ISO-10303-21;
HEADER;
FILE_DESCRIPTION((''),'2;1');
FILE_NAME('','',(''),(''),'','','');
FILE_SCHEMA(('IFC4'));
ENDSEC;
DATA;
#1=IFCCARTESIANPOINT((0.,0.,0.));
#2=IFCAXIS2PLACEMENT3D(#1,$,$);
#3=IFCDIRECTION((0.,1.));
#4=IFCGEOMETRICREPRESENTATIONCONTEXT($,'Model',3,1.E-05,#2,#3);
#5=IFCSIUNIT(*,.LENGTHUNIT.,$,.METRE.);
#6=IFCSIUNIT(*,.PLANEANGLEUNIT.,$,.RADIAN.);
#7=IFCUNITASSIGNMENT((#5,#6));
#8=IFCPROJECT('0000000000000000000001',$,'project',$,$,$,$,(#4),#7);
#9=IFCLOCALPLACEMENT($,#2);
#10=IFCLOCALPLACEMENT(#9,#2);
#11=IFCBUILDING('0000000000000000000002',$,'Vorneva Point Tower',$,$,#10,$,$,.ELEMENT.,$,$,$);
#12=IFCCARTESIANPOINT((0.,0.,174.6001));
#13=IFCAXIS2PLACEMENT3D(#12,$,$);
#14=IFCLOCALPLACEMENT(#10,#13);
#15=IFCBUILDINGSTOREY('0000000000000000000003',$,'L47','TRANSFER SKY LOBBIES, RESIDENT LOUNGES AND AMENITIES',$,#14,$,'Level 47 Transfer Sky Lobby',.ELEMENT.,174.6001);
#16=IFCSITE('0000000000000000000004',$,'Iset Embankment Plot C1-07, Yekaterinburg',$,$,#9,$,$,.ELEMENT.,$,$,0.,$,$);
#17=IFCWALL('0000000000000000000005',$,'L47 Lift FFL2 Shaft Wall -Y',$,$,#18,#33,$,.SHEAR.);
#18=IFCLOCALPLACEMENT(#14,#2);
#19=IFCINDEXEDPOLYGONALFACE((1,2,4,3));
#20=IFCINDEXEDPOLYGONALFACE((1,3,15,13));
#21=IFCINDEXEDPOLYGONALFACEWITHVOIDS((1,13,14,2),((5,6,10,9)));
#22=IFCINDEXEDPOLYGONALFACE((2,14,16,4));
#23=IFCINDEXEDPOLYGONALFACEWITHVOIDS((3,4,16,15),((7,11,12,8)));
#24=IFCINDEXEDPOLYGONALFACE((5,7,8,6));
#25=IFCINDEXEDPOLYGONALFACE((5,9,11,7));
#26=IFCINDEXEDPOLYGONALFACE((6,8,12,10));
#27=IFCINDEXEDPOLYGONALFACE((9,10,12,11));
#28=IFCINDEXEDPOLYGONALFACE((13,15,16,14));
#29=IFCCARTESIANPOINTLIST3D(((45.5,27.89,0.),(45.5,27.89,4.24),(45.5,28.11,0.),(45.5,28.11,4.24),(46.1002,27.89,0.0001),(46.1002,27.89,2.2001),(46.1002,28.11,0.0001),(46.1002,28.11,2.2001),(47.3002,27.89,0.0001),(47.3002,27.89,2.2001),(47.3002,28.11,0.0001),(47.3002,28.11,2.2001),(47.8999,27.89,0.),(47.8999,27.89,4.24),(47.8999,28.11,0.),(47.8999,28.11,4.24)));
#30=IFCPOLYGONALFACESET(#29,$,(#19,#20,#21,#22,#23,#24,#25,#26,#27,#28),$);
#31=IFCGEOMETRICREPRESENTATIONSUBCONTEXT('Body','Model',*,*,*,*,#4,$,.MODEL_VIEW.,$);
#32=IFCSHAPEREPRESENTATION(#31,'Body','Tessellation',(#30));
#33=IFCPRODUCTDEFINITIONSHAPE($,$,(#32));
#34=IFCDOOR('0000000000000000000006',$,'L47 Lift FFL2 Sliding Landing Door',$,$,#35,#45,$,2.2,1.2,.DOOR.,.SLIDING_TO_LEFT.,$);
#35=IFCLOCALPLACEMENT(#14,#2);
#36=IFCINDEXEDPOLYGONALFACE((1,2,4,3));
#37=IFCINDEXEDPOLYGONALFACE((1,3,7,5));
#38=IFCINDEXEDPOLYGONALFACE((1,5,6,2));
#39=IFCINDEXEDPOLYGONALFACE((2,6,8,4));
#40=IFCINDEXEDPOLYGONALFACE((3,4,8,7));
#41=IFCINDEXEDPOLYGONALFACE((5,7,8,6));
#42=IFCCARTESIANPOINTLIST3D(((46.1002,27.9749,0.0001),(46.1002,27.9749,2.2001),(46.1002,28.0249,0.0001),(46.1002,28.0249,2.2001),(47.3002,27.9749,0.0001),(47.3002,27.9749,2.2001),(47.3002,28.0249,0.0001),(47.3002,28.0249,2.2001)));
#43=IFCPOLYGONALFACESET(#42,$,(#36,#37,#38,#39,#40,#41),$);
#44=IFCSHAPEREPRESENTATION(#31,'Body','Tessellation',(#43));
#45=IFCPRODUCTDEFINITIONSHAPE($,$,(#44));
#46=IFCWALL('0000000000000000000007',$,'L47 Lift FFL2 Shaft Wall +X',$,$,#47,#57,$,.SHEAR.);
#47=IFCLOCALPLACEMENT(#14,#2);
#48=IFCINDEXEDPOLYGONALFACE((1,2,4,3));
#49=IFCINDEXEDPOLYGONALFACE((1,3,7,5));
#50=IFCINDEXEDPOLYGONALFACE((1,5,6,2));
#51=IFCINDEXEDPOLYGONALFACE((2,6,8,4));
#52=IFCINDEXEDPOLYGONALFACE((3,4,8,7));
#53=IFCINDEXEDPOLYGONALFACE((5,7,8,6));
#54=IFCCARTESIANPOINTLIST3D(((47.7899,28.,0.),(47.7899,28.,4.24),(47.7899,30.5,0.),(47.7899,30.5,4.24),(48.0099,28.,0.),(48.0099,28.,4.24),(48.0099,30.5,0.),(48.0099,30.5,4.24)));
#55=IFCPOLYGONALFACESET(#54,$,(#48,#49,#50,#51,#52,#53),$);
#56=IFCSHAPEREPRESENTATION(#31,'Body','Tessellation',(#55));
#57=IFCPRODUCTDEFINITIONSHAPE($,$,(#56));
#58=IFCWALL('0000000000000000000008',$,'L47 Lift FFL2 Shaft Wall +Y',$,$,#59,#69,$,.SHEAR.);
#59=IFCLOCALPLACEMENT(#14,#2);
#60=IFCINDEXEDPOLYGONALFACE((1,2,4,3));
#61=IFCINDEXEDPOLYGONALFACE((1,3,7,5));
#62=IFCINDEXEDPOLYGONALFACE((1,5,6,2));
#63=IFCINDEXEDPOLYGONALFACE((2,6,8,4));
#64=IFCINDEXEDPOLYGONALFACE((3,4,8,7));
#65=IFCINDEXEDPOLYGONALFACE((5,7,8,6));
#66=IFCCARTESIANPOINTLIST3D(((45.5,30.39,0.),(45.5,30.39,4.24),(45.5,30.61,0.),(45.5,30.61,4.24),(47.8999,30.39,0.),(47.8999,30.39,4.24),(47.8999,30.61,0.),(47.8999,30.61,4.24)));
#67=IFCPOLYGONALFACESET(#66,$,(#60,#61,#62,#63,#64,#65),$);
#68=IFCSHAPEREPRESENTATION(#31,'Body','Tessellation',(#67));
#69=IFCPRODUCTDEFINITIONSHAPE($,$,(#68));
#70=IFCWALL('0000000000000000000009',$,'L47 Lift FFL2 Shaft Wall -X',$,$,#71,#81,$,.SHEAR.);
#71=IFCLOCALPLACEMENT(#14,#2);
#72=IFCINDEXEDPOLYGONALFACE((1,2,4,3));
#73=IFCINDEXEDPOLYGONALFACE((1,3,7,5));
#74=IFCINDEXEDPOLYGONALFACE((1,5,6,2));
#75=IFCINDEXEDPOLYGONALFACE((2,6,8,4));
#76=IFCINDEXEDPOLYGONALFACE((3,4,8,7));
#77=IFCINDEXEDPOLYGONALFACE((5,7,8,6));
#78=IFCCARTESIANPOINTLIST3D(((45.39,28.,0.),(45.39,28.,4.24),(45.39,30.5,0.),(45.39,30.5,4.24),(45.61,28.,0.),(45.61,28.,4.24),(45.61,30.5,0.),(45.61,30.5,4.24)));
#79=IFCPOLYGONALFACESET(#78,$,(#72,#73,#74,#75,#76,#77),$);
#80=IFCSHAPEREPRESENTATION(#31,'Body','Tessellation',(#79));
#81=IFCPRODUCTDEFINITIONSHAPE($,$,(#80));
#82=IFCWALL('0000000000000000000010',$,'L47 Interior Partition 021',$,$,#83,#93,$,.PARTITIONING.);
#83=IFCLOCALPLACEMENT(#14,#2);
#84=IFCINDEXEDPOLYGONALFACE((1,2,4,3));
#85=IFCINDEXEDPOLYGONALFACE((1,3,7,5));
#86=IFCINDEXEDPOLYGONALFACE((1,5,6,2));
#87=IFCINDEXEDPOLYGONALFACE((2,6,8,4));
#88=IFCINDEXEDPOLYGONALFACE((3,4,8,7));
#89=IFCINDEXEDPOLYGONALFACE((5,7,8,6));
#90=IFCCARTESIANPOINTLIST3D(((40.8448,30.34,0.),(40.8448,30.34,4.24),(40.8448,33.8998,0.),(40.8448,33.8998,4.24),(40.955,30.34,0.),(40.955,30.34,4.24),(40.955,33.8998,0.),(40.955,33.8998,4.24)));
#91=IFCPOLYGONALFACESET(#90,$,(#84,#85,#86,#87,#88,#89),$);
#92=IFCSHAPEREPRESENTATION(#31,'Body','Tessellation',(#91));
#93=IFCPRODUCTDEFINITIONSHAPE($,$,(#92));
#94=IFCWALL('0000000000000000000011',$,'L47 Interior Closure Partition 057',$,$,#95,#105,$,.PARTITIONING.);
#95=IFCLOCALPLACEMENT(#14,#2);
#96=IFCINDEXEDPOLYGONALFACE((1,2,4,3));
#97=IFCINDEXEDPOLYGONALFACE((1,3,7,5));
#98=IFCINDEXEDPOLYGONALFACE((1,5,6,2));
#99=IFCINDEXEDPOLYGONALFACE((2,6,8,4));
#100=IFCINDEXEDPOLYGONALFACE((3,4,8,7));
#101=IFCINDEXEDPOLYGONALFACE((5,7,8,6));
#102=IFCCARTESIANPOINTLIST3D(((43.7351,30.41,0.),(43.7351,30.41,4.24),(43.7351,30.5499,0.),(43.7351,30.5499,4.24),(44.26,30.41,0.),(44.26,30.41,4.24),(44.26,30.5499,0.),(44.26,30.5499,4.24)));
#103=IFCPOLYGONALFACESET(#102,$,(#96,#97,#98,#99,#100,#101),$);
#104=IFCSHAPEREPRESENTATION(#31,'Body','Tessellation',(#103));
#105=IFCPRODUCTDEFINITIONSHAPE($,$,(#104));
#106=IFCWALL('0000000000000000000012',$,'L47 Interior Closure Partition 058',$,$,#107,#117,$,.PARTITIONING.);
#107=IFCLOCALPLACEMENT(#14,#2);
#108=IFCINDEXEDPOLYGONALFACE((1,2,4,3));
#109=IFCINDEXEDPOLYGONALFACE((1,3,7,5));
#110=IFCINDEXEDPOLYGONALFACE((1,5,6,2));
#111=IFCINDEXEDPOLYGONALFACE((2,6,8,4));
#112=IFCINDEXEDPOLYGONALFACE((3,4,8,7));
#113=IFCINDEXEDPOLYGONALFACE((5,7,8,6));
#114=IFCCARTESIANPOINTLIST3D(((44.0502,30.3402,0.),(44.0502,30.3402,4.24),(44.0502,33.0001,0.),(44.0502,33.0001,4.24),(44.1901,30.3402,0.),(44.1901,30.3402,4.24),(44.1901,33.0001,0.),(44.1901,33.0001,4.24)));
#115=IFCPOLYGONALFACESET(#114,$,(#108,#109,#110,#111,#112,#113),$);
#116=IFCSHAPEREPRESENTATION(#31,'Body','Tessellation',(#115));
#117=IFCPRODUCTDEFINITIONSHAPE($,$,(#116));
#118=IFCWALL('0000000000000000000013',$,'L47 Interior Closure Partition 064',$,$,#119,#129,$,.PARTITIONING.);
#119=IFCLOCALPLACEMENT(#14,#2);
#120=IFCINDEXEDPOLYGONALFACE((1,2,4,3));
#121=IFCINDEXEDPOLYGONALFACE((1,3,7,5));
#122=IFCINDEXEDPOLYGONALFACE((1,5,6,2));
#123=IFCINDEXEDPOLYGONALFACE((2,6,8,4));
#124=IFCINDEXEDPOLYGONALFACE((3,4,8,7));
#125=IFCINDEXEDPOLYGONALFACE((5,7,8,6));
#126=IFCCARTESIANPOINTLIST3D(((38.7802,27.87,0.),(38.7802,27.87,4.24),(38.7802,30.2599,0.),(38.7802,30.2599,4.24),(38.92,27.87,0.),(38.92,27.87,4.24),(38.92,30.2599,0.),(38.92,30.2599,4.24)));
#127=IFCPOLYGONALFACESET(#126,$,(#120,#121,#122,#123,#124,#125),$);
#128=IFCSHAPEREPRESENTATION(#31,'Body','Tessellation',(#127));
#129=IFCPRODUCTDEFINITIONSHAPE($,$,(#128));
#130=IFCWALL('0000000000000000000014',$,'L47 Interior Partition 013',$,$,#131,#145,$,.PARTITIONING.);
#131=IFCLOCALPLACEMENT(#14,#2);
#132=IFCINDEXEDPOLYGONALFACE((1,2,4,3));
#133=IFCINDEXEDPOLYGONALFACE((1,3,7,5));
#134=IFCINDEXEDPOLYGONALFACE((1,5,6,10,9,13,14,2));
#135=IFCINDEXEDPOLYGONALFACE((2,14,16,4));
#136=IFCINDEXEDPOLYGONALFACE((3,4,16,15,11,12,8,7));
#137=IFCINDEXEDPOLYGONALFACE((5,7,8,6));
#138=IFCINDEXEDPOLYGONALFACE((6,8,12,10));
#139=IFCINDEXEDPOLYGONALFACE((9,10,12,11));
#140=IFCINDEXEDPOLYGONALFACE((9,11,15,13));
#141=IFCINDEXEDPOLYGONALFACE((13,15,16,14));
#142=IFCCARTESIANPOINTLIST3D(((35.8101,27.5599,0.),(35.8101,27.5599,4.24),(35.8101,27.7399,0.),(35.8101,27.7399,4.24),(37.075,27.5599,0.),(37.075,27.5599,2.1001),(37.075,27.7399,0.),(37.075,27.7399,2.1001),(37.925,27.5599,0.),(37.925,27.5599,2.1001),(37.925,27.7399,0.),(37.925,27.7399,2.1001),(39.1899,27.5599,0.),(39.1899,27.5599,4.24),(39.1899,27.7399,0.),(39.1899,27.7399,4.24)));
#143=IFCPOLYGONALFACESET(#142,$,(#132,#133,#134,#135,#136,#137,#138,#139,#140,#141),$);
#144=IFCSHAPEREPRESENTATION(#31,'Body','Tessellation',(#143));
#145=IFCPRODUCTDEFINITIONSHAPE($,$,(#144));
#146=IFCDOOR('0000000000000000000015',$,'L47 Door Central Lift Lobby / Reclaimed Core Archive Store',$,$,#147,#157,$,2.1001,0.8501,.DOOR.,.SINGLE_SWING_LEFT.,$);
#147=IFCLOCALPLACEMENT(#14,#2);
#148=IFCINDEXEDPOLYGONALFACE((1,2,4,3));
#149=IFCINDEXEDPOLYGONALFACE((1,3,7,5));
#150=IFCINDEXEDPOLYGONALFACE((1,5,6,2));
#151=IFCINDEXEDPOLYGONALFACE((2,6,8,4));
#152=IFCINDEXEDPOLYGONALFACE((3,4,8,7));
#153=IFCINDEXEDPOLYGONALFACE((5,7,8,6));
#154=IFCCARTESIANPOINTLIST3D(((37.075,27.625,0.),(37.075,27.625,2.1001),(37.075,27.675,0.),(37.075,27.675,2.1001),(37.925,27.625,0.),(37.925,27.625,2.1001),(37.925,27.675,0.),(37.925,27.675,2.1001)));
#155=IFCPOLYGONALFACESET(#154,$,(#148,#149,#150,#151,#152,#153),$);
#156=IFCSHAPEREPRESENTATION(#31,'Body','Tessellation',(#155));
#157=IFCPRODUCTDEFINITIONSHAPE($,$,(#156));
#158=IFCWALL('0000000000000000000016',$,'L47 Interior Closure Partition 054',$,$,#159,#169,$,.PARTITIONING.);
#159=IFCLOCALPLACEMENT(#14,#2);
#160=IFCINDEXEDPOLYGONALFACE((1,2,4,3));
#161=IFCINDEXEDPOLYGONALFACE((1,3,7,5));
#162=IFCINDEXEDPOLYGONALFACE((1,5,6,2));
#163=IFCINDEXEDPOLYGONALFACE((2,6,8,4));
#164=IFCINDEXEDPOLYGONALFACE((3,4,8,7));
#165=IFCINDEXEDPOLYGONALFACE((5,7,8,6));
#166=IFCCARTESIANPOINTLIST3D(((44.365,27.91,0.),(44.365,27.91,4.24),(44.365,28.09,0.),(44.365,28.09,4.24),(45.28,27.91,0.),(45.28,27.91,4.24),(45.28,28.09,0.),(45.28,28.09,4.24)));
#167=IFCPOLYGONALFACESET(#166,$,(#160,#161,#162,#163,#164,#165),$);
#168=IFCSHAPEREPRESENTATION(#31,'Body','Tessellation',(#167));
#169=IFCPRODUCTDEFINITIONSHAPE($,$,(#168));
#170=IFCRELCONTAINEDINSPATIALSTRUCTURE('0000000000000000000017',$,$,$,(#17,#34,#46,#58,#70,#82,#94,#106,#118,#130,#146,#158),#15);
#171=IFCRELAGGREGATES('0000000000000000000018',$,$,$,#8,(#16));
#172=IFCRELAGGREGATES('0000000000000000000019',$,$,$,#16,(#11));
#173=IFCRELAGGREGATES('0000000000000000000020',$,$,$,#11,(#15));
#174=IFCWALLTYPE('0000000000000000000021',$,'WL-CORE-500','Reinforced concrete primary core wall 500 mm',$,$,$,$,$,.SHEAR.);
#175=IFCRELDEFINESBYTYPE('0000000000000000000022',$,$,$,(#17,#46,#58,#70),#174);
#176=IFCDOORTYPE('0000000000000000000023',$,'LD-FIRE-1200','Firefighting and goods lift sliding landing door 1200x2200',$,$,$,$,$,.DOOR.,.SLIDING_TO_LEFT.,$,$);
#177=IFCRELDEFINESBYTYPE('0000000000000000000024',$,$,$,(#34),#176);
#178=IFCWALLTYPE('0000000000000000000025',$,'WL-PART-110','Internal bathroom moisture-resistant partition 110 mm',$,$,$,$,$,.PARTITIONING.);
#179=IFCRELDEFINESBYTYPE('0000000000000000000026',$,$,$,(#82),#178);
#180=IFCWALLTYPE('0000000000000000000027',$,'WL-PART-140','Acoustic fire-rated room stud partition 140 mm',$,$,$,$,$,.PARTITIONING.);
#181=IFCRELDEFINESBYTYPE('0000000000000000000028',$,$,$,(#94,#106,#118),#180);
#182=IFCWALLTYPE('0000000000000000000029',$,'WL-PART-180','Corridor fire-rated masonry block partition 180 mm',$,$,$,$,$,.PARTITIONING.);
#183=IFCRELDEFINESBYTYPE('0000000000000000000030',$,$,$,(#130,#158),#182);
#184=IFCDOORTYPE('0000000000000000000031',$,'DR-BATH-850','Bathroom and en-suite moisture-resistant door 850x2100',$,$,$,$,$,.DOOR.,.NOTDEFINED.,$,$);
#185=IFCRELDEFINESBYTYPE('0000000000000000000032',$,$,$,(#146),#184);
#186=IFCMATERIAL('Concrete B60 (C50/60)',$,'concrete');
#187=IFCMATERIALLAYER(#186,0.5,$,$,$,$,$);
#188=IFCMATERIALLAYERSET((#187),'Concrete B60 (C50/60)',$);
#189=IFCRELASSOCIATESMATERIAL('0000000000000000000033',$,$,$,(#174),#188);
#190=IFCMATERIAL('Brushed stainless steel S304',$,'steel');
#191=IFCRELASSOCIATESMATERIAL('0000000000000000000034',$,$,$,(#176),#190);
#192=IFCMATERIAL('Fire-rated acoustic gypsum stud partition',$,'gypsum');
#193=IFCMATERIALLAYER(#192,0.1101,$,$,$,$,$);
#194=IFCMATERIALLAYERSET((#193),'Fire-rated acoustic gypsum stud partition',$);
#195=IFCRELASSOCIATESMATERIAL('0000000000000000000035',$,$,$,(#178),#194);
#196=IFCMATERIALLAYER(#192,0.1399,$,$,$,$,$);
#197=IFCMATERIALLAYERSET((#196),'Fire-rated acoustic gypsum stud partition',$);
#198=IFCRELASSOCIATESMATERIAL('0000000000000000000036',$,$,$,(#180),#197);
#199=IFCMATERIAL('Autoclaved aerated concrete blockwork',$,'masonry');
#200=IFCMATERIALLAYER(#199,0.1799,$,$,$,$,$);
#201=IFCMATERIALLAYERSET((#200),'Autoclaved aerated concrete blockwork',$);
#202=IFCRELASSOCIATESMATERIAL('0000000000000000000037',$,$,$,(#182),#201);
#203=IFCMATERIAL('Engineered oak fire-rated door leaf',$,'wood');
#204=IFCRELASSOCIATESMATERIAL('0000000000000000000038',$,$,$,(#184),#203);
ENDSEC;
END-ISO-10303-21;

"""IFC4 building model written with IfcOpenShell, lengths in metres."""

from ifc_helpers import new_model, si_unit, direction, frame, frame_2d, origin, place, context, subcontext, project, spatial, rectangle, extrude, material, layer, layer_set, type_object, element, fill, save


model = new_model("IFC4")

# Units and contexts
model_context = context("Model", 3, precision=1e-05, world=origin(), true_north=direction((0.0, 1.0)))
body_context = subcontext(model_context, "Body", "Model", "MODEL_VIEW")
ifc_project = project(units=[si_unit("LENGTHUNIT", "METRE"), si_unit("PLANEANGLEUNIT", "RADIAN")], contexts=[model_context])

# Site, building, storey
site_placement = place(None, origin())
site = spatial("IfcSite", under=ifc_project, at=site_placement, Name="Iset Embankment Plot C1-07, Yekaterinburg", CompositionType="ELEMENT", RefElevation=0.0)
building_placement = place(site_placement, origin())
building = spatial("IfcBuilding", under=site, at=building_placement, Name="Vorneva Point Tower", CompositionType="ELEMENT")
storey_placement = place(building_placement, frame((0.0, 0.0, 174.6001)))
storey = spatial("IfcBuildingStorey", under=building, at=storey_placement, Name="L47", Description="TRANSFER SKY LOBBIES, RESIDENT LOUNGES AND AMENITIES", LongName="Level 47 Transfer Sky Lobby", CompositionType="ELEMENT", Elevation=174.6001)

# Wall, opening, door
ifc_material_1 = material(Name="Concrete B60 (C50/60)", Category="concrete")
ifc_layer_1 = layer(ifc_material_1, 0.5)
ifc_layer_set_1 = layer_set([ifc_layer_1], Name="Concrete B60 (C50/60)")
wall_type_1 = type_object("IfcWallType", Name="WL-CORE-500", Description="Reinforced concrete primary core wall 500 mm", PredefinedType="SHEAR", material=ifc_layer_set_1)
wall_1_placement = place(storey_placement, frame((45.5, 28.0, 0.0), z_axis=(0.0, 0.0, 1.0), x_axis=(1.0, 0.0, 0.0)))
wall_1 = element("IfcWall", 1, at=wall_1_placement, inside=storey, type_object=wall_type_1, Name="L47 Lift FFL2 Shaft Wall -Y", PredefinedType="SHEAR", context=body_context, shape_type="SweptSolid", body=[
    extrude(rectangle(XDim=2.3999, YDim=0.22, at=frame_2d((1.2, 0.0))), origin(), (0.0, 0.0, 1.0), 4.24),
])
opening_1_placement = place(wall_1_placement, frame((0.6001, 0.0, 0.0)))
opening_1 = element("IfcOpeningElement", 2, at=opening_1_placement, cuts=wall_1, PredefinedType="OPENING", context=body_context, shape_type="SweptSolid", body=[
    extrude(rectangle(XDim=1.2, YDim=2.2, at=frame_2d((0.6001, 1.1001))), frame((0.0, 0.125, 0.0), z_axis=(0.0, -1.0, 0.0), x_axis=(1.0, 0.0, 0.0)), (0.0, 0.0, 1.0), 0.2498),
])
ifc_material_2 = material(Name="Brushed stainless steel S304", Category="steel")
door_type_1 = type_object("IfcDoorType", Name="LD-FIRE-1200", Description="Firefighting and goods lift sliding landing door 1200x2200", OperationType="SLIDING_TO_LEFT", PredefinedType="DOOR", material=ifc_material_2)
door_1_placement = place(opening_1_placement, origin())
door_1 = element("IfcDoor", 3, at=door_1_placement, inside=storey, type_object=door_type_1, Name="L47 Lift FFL2 Sliding Landing Door", OperationType="SLIDING_TO_LEFT", OverallHeight=2.2, OverallWidth=1.2, PredefinedType="DOOR", context=body_context, shape_type="SweptSolid", body=[
    extrude(rectangle(XDim=1.2, YDim=2.2, at=frame_2d((0.6001, 1.1001))), frame((0.0, 0.0249, 0.0), z_axis=(0.0, -1.0, 0.0), x_axis=(1.0, 0.0, 0.0)), (0.0, 0.0, 1.0), 0.05),
])
fill(opening_1, door_1)

# Walls
wall_2_placement = place(storey_placement, frame((47.8999, 28.0, 0.0), z_axis=(0.0, 0.0, 1.0), x_axis=(0.0, 1.0, 0.0)))
element("IfcWall", 4, at=wall_2_placement, inside=storey, type_object=wall_type_1, Name="L47 Lift FFL2 Shaft Wall +X", PredefinedType="SHEAR", context=body_context, shape_type="SweptSolid", body=[
    extrude(rectangle(XDim=2.5, YDim=0.22, at=frame_2d((1.25, 0.0))), origin(), (0.0, 0.0, 1.0), 4.24),
])
wall_3_placement = place(storey_placement, frame((47.8999, 30.5, 0.0), z_axis=(0.0, 0.0, 1.0), x_axis=(-1.0, 0.0, 0.0)))
element("IfcWall", 5, at=wall_3_placement, inside=storey, type_object=wall_type_1, Name="L47 Lift FFL2 Shaft Wall +Y", PredefinedType="SHEAR", context=body_context, shape_type="SweptSolid", body=[
    extrude(rectangle(XDim=2.3999, YDim=0.22, at=frame_2d((1.2, 0.0))), origin(), (0.0, 0.0, 1.0), 4.24),
])
wall_4_placement = place(storey_placement, frame((45.5, 30.5, 0.0), z_axis=(0.0, 0.0, 1.0), x_axis=(0.0, -1.0, 0.0)))
element("IfcWall", 6, at=wall_4_placement, inside=storey, type_object=wall_type_1, Name="L47 Lift FFL2 Shaft Wall -X", PredefinedType="SHEAR", context=body_context, shape_type="SweptSolid", body=[
    extrude(rectangle(XDim=2.5, YDim=0.22, at=frame_2d((1.25, 0.0))), origin(), (0.0, 0.0, 1.0), 4.24),
])
ifc_material_3 = material(Name="Fire-rated acoustic gypsum stud partition", Category="gypsum")
ifc_layer_2 = layer(ifc_material_3, 0.1101)
ifc_layer_set_2 = layer_set([ifc_layer_2], Name="Fire-rated acoustic gypsum stud partition")
wall_type_2 = type_object("IfcWallType", Name="WL-PART-110", Description="Internal bathroom moisture-resistant partition 110 mm", PredefinedType="PARTITIONING", material=ifc_layer_set_2)
wall_5_placement = place(storey_placement, frame((40.8999, 30.3401, 0.0), z_axis=(0.0, 0.0, 1.0), x_axis=(0.0, 1.0, 0.0)))
element("IfcWall", 7, at=wall_5_placement, inside=storey, type_object=wall_type_2, Name="L47 Interior Partition 021", PredefinedType="PARTITIONING", context=body_context, shape_type="SweptSolid", body=[
    extrude(rectangle(XDim=3.5598, YDim=0.1101, at=frame_2d((1.7798, 0.0))), origin(), (0.0, 0.0, 1.0), 4.24),
])
ifc_layer_3 = layer(ifc_material_3, 0.1399)
ifc_layer_set_3 = layer_set([ifc_layer_3], Name="Fire-rated acoustic gypsum stud partition")
wall_type_3 = type_object("IfcWallType", Name="WL-PART-140", Description="Acoustic fire-rated room stud partition 140 mm", PredefinedType="PARTITIONING", material=ifc_layer_set_3)
wall_6_placement = place(storey_placement, frame((43.7351, 30.48, 0.0), z_axis=(0.0, 0.0, 1.0), x_axis=(1.0, 0.0, 0.0)))
element("IfcWall", 8, at=wall_6_placement, inside=storey, type_object=wall_type_3, Name="L47 Interior Closure Partition 057", PredefinedType="PARTITIONING", context=body_context, shape_type="SweptSolid", body=[
    extrude(rectangle(XDim=0.5249, YDim=0.1399, at=frame_2d((0.2625, 0.0))), origin(), (0.0, 0.0, 1.0), 4.24),
])
wall_7_placement = place(storey_placement, frame((44.1201, 30.3401, 0.0), z_axis=(0.0, 0.0, 1.0), x_axis=(0.0, 1.0, 0.0)))
element("IfcWall", 9, at=wall_7_placement, inside=storey, type_object=wall_type_3, Name="L47 Interior Closure Partition 058", PredefinedType="PARTITIONING", context=body_context, shape_type="SweptSolid", body=[
    extrude(rectangle(XDim=2.6599, YDim=0.1399, at=frame_2d((1.3301, 0.0))), origin(), (0.0, 0.0, 1.0), 4.24),
])
wall_8_placement = place(storey_placement, frame((38.8501, 27.8701, 0.0), z_axis=(0.0, 0.0, 1.0), x_axis=(0.0, 1.0, 0.0)))
element("IfcWall", 10, at=wall_8_placement, inside=storey, type_object=wall_type_3, Name="L47 Interior Closure Partition 064", PredefinedType="PARTITIONING", context=body_context, shape_type="SweptSolid", body=[
    extrude(rectangle(XDim=2.3899, YDim=0.1399, at=frame_2d((1.1948, 0.0))), origin(), (0.0, 0.0, 1.0), 4.24),
])

# Wall, opening, door
ifc_material_4 = material(Name="Autoclaved aerated concrete blockwork", Category="masonry")
ifc_layer_4 = layer(ifc_material_4, 0.1799)
ifc_layer_set_4 = layer_set([ifc_layer_4], Name="Autoclaved aerated concrete blockwork")
wall_type_4 = type_object("IfcWallType", Name="WL-PART-180", Description="Corridor fire-rated masonry block partition 180 mm", PredefinedType="PARTITIONING", material=ifc_layer_set_4)
wall_9_placement = place(storey_placement, frame((39.1899, 27.6499, 0.0), z_axis=(0.0, 0.0, 1.0), x_axis=(-1.0, 0.0, 0.0)))
wall_9 = element("IfcWall", 11, at=wall_9_placement, inside=storey, type_object=wall_type_4, Name="L47 Interior Partition 013", PredefinedType="PARTITIONING", context=body_context, shape_type="SweptSolid", body=[
    extrude(rectangle(XDim=3.3799, YDim=0.1799, at=frame_2d((1.6899, 0.0))), origin(), (0.0, 0.0, 1.0), 4.24),
])
opening_2_placement = place(wall_9_placement, frame((1.2649, 0.0, 0.0)))
opening_2 = element("IfcOpeningElement", 12, at=opening_2_placement, cuts=wall_9, PredefinedType="OPENING", context=body_context, shape_type="SweptSolid", body=[
    extrude(rectangle(XDim=0.8501, YDim=2.1001, at=frame_2d((0.425, 1.05))), frame((0.0, 0.105, 0.0), z_axis=(0.0, -1.0, 0.0), x_axis=(1.0, 0.0, 0.0)), (0.0, 0.0, 1.0), 0.2097),
])
ifc_material_5 = material(Name="Engineered oak fire-rated door leaf", Category="wood")
door_type_2 = type_object("IfcDoorType", Name="DR-BATH-850", Description="Bathroom and en-suite moisture-resistant door 850x2100", OperationType="NOTDEFINED", PredefinedType="DOOR", material=ifc_material_5)
door_2_placement = place(opening_2_placement, origin())
door_2 = element("IfcDoor", 13, at=door_2_placement, inside=storey, type_object=door_type_2, Name="L47 Door Central Lift Lobby / Reclaimed Core Archive Store", OperationType="SINGLE_SWING_LEFT", OverallHeight=2.1001, OverallWidth=0.8501, PredefinedType="DOOR", context=body_context, shape_type="SweptSolid", body=[
    extrude(rectangle(XDim=0.8501, YDim=2.1001, at=frame_2d((0.425, 1.05))), frame((0.0, 0.0249, 0.0), z_axis=(0.0, -1.0, 0.0), x_axis=(1.0, 0.0, 0.0)), (0.0, 0.0, 1.0), 0.05),
])
fill(opening_2, door_2)

# Wall
wall_10_placement = place(storey_placement, frame((45.28, 28.0, 0.0), z_axis=(0.0, 0.0, 1.0), x_axis=(-1.0, 0.0, 0.0)))
element("IfcWall", 14, at=wall_10_placement, inside=storey, type_object=wall_type_4, Name="L47 Interior Closure Partition 054", PredefinedType="PARTITIONING", context=body_context, shape_type="SweptSolid", body=[
    extrude(rectangle(XDim=0.915, YDim=0.1799, at=frame_2d((0.4575, 0.0))), origin(), (0.0, 0.0, 1.0), 4.24),
])

save(model, "model.ifc")
